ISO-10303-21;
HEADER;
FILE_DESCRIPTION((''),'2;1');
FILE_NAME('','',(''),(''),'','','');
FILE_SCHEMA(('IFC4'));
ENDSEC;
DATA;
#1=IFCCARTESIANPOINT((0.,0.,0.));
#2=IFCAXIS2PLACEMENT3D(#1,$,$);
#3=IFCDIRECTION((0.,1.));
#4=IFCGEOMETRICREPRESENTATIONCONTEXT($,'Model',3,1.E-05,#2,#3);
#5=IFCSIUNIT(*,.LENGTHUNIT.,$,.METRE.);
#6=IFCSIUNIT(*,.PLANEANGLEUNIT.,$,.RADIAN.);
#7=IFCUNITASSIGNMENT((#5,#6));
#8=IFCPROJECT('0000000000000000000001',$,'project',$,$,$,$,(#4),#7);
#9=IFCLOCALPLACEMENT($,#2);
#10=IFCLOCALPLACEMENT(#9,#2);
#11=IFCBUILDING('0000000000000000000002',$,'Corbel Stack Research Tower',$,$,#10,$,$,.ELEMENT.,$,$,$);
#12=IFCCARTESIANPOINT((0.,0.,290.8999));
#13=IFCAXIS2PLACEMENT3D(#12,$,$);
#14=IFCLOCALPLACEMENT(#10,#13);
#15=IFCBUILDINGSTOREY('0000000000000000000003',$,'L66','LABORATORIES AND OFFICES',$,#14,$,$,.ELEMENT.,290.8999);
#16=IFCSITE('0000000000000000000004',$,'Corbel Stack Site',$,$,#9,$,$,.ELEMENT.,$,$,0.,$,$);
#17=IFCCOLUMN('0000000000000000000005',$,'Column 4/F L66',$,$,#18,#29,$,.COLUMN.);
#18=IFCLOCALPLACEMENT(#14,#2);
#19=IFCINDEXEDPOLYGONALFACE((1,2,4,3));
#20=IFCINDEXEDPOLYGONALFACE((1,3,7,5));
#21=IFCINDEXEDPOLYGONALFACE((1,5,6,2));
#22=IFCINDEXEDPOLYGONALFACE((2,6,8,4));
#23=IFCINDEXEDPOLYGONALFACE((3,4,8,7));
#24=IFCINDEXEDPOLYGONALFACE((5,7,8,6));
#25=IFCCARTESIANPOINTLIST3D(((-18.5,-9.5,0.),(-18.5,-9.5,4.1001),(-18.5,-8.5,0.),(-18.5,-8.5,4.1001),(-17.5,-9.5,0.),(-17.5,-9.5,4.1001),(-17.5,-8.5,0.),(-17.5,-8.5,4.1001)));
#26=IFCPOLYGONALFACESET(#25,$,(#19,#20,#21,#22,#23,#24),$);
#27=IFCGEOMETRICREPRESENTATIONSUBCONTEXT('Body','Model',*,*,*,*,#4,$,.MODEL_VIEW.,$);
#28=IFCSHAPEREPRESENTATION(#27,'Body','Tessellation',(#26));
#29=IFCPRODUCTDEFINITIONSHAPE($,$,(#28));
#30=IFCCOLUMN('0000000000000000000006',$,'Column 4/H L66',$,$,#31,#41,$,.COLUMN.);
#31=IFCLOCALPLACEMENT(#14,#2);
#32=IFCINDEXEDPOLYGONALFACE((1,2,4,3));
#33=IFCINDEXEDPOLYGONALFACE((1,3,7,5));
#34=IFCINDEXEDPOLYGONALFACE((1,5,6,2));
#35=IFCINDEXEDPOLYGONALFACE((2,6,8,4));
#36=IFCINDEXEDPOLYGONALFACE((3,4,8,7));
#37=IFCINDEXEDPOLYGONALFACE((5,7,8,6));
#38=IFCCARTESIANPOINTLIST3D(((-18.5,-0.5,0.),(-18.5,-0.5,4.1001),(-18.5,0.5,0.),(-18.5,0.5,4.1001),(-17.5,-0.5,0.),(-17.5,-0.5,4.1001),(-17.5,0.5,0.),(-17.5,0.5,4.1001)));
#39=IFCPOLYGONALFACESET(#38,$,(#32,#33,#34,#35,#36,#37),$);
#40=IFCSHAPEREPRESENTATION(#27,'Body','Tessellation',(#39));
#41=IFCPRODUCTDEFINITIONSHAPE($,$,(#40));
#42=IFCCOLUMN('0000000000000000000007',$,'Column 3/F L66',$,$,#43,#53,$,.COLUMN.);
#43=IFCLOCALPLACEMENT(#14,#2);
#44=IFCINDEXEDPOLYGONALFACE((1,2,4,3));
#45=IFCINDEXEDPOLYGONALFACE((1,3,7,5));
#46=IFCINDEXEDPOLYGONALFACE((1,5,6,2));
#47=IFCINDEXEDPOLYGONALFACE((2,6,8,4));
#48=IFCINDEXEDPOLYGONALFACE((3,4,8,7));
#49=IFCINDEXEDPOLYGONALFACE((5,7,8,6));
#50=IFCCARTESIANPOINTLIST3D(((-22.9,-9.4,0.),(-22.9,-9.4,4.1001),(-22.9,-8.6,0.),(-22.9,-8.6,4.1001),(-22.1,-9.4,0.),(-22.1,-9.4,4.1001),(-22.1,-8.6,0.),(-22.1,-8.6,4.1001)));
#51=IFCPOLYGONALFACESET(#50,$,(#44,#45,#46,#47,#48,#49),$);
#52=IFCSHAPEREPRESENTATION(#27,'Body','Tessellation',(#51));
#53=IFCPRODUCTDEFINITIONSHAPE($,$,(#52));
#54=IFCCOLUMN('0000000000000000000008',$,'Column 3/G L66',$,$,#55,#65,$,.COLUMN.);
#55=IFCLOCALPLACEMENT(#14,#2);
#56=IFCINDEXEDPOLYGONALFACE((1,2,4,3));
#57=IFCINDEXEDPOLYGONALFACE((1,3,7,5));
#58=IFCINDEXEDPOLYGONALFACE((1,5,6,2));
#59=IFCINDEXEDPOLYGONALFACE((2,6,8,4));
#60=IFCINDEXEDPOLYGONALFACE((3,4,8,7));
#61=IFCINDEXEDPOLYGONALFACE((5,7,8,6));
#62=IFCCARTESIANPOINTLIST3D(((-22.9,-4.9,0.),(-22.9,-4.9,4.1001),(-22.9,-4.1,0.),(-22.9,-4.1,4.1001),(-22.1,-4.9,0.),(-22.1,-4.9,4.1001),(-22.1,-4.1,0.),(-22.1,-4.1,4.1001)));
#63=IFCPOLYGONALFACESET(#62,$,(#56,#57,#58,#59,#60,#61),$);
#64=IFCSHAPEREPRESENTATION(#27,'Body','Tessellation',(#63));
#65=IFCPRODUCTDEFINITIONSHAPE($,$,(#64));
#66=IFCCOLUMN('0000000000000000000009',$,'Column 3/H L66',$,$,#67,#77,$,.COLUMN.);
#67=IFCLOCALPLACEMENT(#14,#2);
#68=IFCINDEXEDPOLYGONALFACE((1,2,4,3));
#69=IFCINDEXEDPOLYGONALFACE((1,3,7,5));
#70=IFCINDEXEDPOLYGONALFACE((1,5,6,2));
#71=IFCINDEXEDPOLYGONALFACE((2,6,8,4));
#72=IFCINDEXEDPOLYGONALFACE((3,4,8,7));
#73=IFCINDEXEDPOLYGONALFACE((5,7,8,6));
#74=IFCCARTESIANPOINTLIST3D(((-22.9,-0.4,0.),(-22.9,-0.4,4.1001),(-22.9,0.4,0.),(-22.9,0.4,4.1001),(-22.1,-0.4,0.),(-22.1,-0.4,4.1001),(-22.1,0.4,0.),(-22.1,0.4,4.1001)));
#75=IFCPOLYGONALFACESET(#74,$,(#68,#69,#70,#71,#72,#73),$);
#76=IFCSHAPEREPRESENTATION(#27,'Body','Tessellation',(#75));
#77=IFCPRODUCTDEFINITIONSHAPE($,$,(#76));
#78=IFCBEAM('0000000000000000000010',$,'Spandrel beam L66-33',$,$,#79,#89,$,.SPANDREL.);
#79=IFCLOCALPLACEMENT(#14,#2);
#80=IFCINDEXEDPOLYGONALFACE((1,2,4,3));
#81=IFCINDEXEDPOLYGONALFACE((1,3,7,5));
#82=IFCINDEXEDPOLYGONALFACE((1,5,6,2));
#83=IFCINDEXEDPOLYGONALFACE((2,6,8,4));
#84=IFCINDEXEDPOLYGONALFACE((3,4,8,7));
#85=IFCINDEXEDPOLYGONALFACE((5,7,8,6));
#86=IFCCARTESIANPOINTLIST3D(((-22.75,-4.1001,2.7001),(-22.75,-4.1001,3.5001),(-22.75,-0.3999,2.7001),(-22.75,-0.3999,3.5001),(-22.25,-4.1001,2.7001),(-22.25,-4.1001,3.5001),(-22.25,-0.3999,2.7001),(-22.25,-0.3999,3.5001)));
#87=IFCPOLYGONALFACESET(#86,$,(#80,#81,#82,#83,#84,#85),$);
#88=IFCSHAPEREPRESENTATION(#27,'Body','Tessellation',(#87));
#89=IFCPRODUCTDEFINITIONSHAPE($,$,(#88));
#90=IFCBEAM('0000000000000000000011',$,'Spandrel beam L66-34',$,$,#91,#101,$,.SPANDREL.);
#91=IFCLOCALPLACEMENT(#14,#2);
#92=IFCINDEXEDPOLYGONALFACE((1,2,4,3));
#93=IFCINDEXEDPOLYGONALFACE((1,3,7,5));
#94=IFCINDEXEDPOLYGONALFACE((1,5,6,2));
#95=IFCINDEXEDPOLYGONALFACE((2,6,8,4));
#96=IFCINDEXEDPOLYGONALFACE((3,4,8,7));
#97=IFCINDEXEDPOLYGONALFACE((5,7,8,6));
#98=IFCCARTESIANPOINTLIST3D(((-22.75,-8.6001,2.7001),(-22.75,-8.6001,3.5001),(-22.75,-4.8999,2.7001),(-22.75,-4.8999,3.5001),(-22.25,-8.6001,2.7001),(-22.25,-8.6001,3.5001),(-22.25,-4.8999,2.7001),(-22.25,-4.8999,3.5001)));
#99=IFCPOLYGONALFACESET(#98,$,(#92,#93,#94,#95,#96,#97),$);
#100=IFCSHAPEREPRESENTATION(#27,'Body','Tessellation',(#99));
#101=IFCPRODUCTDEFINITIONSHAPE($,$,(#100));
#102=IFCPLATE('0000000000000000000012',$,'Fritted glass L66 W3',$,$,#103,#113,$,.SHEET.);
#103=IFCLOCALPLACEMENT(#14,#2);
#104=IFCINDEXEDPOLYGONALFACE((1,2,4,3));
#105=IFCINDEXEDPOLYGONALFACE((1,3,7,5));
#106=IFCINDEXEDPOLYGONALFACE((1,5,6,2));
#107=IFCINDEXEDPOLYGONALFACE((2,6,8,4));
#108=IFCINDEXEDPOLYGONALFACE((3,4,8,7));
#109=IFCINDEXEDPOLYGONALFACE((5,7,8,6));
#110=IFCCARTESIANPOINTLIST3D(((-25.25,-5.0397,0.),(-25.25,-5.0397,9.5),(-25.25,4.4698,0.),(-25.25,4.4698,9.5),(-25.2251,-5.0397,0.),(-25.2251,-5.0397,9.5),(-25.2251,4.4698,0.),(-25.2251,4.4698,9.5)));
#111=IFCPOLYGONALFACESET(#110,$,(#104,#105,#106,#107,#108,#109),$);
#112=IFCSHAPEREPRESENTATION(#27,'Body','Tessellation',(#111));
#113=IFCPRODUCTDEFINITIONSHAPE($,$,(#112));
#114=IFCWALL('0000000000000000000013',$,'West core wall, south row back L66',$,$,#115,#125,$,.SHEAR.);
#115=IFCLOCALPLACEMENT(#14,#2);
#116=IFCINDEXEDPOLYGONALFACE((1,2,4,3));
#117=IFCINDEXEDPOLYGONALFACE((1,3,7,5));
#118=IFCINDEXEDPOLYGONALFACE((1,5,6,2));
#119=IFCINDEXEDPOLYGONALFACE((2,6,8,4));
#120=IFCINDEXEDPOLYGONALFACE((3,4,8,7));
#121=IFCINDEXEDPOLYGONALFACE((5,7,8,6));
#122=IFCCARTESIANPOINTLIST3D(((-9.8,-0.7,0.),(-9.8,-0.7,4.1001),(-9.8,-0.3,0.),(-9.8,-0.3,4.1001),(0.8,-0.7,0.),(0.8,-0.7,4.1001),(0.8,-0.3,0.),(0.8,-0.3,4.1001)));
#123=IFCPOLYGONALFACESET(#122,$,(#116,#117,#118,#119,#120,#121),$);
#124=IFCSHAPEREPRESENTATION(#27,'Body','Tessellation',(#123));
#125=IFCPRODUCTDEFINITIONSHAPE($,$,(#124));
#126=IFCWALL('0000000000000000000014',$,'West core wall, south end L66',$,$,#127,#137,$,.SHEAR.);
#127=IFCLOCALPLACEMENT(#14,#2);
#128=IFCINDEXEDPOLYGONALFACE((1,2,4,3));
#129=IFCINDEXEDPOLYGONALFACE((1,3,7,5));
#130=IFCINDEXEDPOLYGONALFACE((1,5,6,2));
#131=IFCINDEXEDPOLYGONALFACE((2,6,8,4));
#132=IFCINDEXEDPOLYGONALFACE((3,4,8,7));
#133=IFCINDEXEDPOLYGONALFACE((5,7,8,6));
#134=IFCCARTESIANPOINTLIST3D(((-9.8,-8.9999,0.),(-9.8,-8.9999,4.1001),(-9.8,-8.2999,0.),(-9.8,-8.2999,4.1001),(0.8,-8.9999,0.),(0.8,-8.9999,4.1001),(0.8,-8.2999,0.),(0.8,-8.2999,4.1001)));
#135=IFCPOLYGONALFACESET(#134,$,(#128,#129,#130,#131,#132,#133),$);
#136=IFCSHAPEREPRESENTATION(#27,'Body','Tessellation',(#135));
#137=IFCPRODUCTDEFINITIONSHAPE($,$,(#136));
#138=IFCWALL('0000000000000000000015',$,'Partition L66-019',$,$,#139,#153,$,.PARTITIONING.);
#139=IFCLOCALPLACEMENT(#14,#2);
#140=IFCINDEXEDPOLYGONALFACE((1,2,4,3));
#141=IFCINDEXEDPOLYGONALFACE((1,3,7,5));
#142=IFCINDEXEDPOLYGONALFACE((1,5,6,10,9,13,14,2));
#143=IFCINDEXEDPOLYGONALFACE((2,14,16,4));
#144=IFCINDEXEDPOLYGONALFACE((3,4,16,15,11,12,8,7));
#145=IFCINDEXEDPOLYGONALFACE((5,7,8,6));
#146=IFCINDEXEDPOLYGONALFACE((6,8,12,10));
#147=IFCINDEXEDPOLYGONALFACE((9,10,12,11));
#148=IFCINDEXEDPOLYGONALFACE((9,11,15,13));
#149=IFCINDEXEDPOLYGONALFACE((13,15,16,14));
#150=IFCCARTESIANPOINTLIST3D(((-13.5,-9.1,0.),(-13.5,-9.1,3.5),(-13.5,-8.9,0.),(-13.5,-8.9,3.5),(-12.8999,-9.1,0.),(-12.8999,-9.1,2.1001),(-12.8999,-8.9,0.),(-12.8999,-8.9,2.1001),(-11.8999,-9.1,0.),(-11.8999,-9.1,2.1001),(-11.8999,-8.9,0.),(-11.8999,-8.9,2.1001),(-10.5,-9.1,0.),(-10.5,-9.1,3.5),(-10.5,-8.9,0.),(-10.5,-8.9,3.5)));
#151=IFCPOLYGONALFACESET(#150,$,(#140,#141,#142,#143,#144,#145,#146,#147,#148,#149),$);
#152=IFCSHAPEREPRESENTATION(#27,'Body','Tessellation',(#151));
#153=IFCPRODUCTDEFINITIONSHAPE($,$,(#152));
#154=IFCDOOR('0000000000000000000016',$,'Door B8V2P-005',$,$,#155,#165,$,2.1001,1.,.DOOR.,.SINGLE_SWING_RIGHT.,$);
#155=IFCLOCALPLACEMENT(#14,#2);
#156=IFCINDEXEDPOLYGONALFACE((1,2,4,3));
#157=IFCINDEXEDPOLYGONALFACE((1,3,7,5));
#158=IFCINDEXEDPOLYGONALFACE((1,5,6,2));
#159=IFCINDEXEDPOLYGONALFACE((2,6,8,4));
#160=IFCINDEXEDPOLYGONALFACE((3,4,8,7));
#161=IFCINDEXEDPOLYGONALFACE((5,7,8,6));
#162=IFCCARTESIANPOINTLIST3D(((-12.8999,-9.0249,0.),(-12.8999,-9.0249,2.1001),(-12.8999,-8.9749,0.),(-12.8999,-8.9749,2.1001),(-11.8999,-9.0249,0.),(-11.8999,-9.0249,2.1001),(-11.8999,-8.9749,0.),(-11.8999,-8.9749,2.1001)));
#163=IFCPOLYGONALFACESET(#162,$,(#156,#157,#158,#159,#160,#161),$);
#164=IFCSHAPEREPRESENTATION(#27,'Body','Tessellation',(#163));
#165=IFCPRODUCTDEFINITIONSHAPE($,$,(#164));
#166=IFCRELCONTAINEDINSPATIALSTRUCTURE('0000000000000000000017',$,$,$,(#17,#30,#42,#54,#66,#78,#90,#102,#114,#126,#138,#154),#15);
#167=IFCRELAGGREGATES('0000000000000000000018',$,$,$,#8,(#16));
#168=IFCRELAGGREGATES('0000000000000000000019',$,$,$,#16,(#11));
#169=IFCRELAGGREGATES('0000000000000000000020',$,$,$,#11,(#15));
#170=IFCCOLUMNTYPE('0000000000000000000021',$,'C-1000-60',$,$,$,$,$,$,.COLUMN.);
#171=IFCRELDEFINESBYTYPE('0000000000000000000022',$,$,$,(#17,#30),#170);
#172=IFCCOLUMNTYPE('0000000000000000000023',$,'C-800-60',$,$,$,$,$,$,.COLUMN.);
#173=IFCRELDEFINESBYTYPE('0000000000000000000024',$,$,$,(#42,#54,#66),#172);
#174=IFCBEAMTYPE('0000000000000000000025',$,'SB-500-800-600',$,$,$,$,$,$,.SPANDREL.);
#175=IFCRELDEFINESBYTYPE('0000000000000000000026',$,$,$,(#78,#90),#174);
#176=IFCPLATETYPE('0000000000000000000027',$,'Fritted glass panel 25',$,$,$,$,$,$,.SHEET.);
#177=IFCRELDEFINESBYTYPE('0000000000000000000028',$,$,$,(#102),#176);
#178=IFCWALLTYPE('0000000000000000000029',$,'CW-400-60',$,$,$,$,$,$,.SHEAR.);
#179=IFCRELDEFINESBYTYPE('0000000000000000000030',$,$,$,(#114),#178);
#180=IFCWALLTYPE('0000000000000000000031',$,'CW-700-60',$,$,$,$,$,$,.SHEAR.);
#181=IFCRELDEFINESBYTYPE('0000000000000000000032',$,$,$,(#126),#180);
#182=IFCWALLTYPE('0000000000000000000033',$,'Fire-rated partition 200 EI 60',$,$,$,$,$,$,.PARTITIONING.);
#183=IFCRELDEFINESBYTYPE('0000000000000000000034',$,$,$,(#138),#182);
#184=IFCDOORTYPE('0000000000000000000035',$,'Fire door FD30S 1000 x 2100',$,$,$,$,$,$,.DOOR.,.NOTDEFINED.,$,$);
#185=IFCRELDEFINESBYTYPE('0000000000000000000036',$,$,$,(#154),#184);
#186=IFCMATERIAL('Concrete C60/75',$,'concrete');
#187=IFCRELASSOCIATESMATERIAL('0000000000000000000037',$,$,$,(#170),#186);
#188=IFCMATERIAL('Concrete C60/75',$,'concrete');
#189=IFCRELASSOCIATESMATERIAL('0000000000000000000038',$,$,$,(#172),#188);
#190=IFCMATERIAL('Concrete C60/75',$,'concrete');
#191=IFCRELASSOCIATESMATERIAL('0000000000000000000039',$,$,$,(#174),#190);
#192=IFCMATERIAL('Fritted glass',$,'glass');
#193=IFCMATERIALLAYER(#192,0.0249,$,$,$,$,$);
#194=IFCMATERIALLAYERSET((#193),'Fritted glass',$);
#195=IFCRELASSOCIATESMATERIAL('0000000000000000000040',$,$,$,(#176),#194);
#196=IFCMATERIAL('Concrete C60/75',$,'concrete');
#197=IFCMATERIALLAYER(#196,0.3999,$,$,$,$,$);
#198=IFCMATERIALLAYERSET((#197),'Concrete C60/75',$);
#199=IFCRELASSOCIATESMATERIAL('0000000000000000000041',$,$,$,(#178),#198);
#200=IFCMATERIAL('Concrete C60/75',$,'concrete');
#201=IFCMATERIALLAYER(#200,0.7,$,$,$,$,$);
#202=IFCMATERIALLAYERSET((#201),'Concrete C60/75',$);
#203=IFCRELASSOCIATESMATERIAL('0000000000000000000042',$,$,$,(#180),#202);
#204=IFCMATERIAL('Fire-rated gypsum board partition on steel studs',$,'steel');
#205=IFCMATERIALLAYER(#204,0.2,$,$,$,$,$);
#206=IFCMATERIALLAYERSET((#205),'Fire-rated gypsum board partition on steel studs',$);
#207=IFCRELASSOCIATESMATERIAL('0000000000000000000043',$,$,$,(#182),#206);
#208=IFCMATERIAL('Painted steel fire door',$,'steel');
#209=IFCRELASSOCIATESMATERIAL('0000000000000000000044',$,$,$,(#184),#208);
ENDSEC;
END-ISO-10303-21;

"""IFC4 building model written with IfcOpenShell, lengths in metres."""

from ifc_helpers import new_model, si_unit, direction, frame, frame_2d, origin, origin_2d, place, context, subcontext, project, spatial, rectangle, extrude, material, layer, layer_set, material_profile, profile_set, type_object, element, fill, save


model = new_model("IFC4")

# Units and contexts
model_context = context("Model", 3, precision=1e-05, world=origin(), true_north=direction((0.0, 1.0)))
body_context = subcontext(model_context, "Body", "Model", "MODEL_VIEW")
ifc_project = project(units=[si_unit("LENGTHUNIT", "METRE"), si_unit("PLANEANGLEUNIT", "RADIAN")], contexts=[model_context])

# Site, building, storey
site_placement = place(None, origin())
site = spatial("IfcSite", under=ifc_project, at=site_placement, Name="Corbel Stack Site", CompositionType="ELEMENT", RefElevation=0.0)
building_placement = place(site_placement, origin())
building = spatial("IfcBuilding", under=site, at=building_placement, Name="Corbel Stack Research Tower", CompositionType="ELEMENT")
storey_placement = place(building_placement, frame((0.0, 0.0, 290.8999)))
storey = spatial("IfcBuildingStorey", under=building, at=storey_placement, Name="L66", Description="LABORATORIES AND OFFICES", CompositionType="ELEMENT", Elevation=290.8999)

# Columns
ifc_material_1 = material(Name="Concrete C60/75", Category="concrete")
ifc_material_profile_1 = material_profile(ifc_material_1, rectangle(XDim=1.0, YDim=1.0, at=origin_2d()), Name="RC 1000 x 1000")
ifc_profile_set_1 = profile_set([ifc_material_profile_1], Name="Concrete C60/75")
column_type_1 = type_object("IfcColumnType", Name="C-1000-60", PredefinedType="COLUMN", material=ifc_profile_set_1)
for number, where, z_axis, x_axis, name in (
    (1, (-18.0, -9.0, 0.0), (0.0, 0.0, 1.0), (1.0, 0.0, 0.0), "Column 4/F L66"),
    (2, (-18.0, 0.0, 0.0), (0.0, 0.0, 1.0), (1.0, 0.0, 0.0), "Column 4/H L66"),
):
    element("IfcColumn", number, at=place(storey_placement, frame(where, z_axis=z_axis, x_axis=x_axis)), inside=storey, type_object=column_type_1, Name=name, PredefinedType="COLUMN", context=body_context, shape_type="SweptSolid", body=[
        extrude(rectangle(XDim=1.0, YDim=1.0, at=origin_2d()), origin(), (0.0, 0.0, 1.0), 4.1001),
    ])
ifc_material_2 = material(Name="Concrete C60/75", Category="concrete")
ifc_material_profile_2 = material_profile(ifc_material_2, rectangle(XDim=0.8, YDim=0.8, at=origin_2d()), Name="RC 800 x 800")
ifc_profile_set_2 = profile_set([ifc_material_profile_2], Name="Concrete C60/75")
column_type_2 = type_object("IfcColumnType", Name="C-800-60", PredefinedType="COLUMN", material=ifc_profile_set_2)
for number, where, z_axis, x_axis, name in (
    (3, (-22.5, -9.0, 0.0), (0.0, 0.0, 1.0), (1.0, 0.0, 0.0), "Column 3/F L66"),
    (4, (-22.5, -4.5, 0.0), (0.0, 0.0, 1.0), (1.0, 0.0, 0.0), "Column 3/G L66"),
    (5, (-22.5, 0.0, 0.0), (0.0, 0.0, 1.0), (1.0, 0.0, 0.0), "Column 3/H L66"),
):
    element("IfcColumn", number, at=place(storey_placement, frame(where, z_axis=z_axis, x_axis=x_axis)), inside=storey, type_object=column_type_2, Name=name, PredefinedType="COLUMN", context=body_context, shape_type="SweptSolid", body=[
        extrude(rectangle(XDim=0.8, YDim=0.8, at=origin_2d()), origin(), (0.0, 0.0, 1.0), 4.1001),
    ])

# Beams
ifc_material_3 = material(Name="Concrete C60/75", Category="concrete")
ifc_material_profile_3 = material_profile(ifc_material_3, rectangle(XDim=0.5, YDim=0.8, at=origin_2d()), Name="RC 500 x 800")
ifc_profile_set_3 = profile_set([ifc_material_profile_3], Name="Concrete C60/75")
beam_type = type_object("IfcBeamType", Name="SB-500-800-600", PredefinedType="SPANDREL", material=ifc_profile_set_3)
for number, where, z_axis, x_axis, name in (
    (6, (-22.5, -0.3999, 3.1001), (0.0, -1.0, 0.0), (1.0, 0.0, 0.0), "Spandrel beam L66-33"),
    (7, (-22.5, -4.8999, 3.1001), (0.0, -1.0, 0.0), (1.0, 0.0, 0.0), "Spandrel beam L66-34"),
):
    element("IfcBeam", number, at=place(storey_placement, frame(where, z_axis=z_axis, x_axis=x_axis)), inside=storey, type_object=beam_type, Name=name, PredefinedType="SPANDREL", context=body_context, shape_type="SweptSolid", body=[
        extrude(rectangle(XDim=0.5, YDim=0.8, at=origin_2d()), origin(), (0.0, 0.0, 1.0), 3.7002),
    ])

# Plate
ifc_material_4 = material(Name="Fritted glass", Category="glass")
ifc_layer_1 = layer(ifc_material_4, 0.0249)
ifc_layer_set_1 = layer_set([ifc_layer_1], Name="Fritted glass")
plate_type = type_object("IfcPlateType", Name="Fritted glass panel 25", PredefinedType="SHEET", material=ifc_layer_set_1)
plate_placement = place(storey_placement, frame((-25.2375, -0.2849, 0.0), z_axis=(0.0, 0.0, 1.0), x_axis=(0.0, -1.0, 0.0)))
element("IfcPlate", 8, at=plate_placement, inside=storey, type_object=plate_type, Name="Fritted glass L66 W3", PredefinedType="SHEET", context=body_context, shape_type="SweptSolid", body=[
    extrude(rectangle(XDim=9.5095, YDim=0.0249, at=origin_2d()), origin(), (0.0, 0.0, 1.0), 9.5),
])

# Wall
ifc_material_5 = material(Name="Concrete C60/75", Category="concrete")
ifc_layer_2 = layer(ifc_material_5, 0.3999)
ifc_layer_set_2 = layer_set([ifc_layer_2], Name="Concrete C60/75")
wall_type_1 = type_object("IfcWallType", Name="CW-400-60", PredefinedType="SHEAR", material=ifc_layer_set_2)
wall_1_placement = place(storey_placement, frame((-9.8, -0.5, 0.0), z_axis=(0.0, 0.0, 1.0), x_axis=(1.0, 0.0, 0.0)))
element("IfcWall", 9, at=wall_1_placement, inside=storey, type_object=wall_type_1, Name="West core wall, south row back L66", PredefinedType="SHEAR", context=body_context, shape_type="SweptSolid", body=[
    extrude(rectangle(XDim=10.6001, YDim=0.3999, at=frame_2d((5.3, 0.0))), origin(), (0.0, 0.0, 1.0), 4.1001),
])

# Shared definitions
ifc_material_6 = material(Name="Concrete C60/75", Category="concrete")
ifc_layer_3 = layer(ifc_material_6, 0.7)
ifc_layer_set_3 = layer_set([ifc_layer_3], Name="Concrete C60/75")
wall_type_2 = type_object("IfcWallType", Name="CW-700-60", PredefinedType="SHEAR", material=ifc_layer_set_3)

# Wall
wall_2_placement = place(storey_placement, frame((-9.8, -8.6499, 0.0), z_axis=(0.0, 0.0, 1.0), x_axis=(1.0, 0.0, 0.0)))
element("IfcWall", 10, at=wall_2_placement, inside=storey, type_object=wall_type_2, Name="West core wall, south end L66", PredefinedType="SHEAR", context=body_context, shape_type="SweptSolid", body=[
    extrude(rectangle(XDim=10.6001, YDim=0.7, at=frame_2d((5.3, 0.0))), origin(), (0.0, 0.0, 1.0), 4.1001),
])

# Wall, opening, door
ifc_material_7 = material(Name="Fire-rated gypsum board partition on steel studs", Category="steel")
ifc_layer_4 = layer(ifc_material_7, 0.2)
ifc_layer_set_4 = layer_set([ifc_layer_4], Name="Fire-rated gypsum board partition on steel studs")
wall_type_3 = type_object("IfcWallType", Name="Fire-rated partition 200 EI 60", PredefinedType="PARTITIONING", material=ifc_layer_set_4)
wall_3_placement = place(storey_placement, frame((-10.5, -9.0, 0.0), z_axis=(0.0, 0.0, 1.0), x_axis=(-1.0, 0.0, 0.0)))
wall_3 = element("IfcWall", 11, at=wall_3_placement, inside=storey, type_object=wall_type_3, Name="Partition L66-019", PredefinedType="PARTITIONING", context=body_context, shape_type="SweptSolid", body=[
    extrude(rectangle(XDim=3.0, YDim=0.2, at=frame_2d((1.5, 0.0))), origin(), (0.0, 0.0, 1.0), 3.5),
])
opening_1_placement = place(wall_3_placement, frame((1.3999, 0.0, 0.0)))
opening_1 = element("IfcOpeningElement", 12, at=opening_1_placement, cuts=wall_3, PredefinedType="OPENING", context=body_context, shape_type="SweptSolid", body=[
    extrude(rectangle(XDim=1.0, YDim=2.1001, at=frame_2d((0.5, 1.05))), frame((0.0, 0.1099, 0.0), z_axis=(0.0, -1.0, 0.0), x_axis=(1.0, 0.0, 0.0)), (0.0, 0.0, 1.0), 0.22),
])
ifc_material_8 = material(Name="Painted steel fire door", Category="steel")
door_type_1 = type_object("IfcDoorType", Name="Fire door FD30S 1000 x 2100", OperationType="NOTDEFINED", PredefinedType="DOOR", material=ifc_material_8)
door_1_placement = place(opening_1_placement, origin())
door_1 = element("IfcDoor", 13, at=door_1_placement, inside=storey, type_object=door_type_1, Name="Door B8V2P-005", OperationType="SINGLE_SWING_RIGHT", OverallHeight=2.1001, OverallWidth=1.0, PredefinedType="DOOR", context=body_context, shape_type="SweptSolid", body=[
    extrude(rectangle(XDim=1.0, YDim=2.1001, at=frame_2d((0.5, 1.05))), frame((0.0, 0.0249, 0.0), z_axis=(0.0, -1.0, 0.0), x_axis=(1.0, 0.0, 0.0)), (0.0, 0.0, 1.0), 0.05),
])
fill(opening_1, door_1)

save(model, "model.ifc")
